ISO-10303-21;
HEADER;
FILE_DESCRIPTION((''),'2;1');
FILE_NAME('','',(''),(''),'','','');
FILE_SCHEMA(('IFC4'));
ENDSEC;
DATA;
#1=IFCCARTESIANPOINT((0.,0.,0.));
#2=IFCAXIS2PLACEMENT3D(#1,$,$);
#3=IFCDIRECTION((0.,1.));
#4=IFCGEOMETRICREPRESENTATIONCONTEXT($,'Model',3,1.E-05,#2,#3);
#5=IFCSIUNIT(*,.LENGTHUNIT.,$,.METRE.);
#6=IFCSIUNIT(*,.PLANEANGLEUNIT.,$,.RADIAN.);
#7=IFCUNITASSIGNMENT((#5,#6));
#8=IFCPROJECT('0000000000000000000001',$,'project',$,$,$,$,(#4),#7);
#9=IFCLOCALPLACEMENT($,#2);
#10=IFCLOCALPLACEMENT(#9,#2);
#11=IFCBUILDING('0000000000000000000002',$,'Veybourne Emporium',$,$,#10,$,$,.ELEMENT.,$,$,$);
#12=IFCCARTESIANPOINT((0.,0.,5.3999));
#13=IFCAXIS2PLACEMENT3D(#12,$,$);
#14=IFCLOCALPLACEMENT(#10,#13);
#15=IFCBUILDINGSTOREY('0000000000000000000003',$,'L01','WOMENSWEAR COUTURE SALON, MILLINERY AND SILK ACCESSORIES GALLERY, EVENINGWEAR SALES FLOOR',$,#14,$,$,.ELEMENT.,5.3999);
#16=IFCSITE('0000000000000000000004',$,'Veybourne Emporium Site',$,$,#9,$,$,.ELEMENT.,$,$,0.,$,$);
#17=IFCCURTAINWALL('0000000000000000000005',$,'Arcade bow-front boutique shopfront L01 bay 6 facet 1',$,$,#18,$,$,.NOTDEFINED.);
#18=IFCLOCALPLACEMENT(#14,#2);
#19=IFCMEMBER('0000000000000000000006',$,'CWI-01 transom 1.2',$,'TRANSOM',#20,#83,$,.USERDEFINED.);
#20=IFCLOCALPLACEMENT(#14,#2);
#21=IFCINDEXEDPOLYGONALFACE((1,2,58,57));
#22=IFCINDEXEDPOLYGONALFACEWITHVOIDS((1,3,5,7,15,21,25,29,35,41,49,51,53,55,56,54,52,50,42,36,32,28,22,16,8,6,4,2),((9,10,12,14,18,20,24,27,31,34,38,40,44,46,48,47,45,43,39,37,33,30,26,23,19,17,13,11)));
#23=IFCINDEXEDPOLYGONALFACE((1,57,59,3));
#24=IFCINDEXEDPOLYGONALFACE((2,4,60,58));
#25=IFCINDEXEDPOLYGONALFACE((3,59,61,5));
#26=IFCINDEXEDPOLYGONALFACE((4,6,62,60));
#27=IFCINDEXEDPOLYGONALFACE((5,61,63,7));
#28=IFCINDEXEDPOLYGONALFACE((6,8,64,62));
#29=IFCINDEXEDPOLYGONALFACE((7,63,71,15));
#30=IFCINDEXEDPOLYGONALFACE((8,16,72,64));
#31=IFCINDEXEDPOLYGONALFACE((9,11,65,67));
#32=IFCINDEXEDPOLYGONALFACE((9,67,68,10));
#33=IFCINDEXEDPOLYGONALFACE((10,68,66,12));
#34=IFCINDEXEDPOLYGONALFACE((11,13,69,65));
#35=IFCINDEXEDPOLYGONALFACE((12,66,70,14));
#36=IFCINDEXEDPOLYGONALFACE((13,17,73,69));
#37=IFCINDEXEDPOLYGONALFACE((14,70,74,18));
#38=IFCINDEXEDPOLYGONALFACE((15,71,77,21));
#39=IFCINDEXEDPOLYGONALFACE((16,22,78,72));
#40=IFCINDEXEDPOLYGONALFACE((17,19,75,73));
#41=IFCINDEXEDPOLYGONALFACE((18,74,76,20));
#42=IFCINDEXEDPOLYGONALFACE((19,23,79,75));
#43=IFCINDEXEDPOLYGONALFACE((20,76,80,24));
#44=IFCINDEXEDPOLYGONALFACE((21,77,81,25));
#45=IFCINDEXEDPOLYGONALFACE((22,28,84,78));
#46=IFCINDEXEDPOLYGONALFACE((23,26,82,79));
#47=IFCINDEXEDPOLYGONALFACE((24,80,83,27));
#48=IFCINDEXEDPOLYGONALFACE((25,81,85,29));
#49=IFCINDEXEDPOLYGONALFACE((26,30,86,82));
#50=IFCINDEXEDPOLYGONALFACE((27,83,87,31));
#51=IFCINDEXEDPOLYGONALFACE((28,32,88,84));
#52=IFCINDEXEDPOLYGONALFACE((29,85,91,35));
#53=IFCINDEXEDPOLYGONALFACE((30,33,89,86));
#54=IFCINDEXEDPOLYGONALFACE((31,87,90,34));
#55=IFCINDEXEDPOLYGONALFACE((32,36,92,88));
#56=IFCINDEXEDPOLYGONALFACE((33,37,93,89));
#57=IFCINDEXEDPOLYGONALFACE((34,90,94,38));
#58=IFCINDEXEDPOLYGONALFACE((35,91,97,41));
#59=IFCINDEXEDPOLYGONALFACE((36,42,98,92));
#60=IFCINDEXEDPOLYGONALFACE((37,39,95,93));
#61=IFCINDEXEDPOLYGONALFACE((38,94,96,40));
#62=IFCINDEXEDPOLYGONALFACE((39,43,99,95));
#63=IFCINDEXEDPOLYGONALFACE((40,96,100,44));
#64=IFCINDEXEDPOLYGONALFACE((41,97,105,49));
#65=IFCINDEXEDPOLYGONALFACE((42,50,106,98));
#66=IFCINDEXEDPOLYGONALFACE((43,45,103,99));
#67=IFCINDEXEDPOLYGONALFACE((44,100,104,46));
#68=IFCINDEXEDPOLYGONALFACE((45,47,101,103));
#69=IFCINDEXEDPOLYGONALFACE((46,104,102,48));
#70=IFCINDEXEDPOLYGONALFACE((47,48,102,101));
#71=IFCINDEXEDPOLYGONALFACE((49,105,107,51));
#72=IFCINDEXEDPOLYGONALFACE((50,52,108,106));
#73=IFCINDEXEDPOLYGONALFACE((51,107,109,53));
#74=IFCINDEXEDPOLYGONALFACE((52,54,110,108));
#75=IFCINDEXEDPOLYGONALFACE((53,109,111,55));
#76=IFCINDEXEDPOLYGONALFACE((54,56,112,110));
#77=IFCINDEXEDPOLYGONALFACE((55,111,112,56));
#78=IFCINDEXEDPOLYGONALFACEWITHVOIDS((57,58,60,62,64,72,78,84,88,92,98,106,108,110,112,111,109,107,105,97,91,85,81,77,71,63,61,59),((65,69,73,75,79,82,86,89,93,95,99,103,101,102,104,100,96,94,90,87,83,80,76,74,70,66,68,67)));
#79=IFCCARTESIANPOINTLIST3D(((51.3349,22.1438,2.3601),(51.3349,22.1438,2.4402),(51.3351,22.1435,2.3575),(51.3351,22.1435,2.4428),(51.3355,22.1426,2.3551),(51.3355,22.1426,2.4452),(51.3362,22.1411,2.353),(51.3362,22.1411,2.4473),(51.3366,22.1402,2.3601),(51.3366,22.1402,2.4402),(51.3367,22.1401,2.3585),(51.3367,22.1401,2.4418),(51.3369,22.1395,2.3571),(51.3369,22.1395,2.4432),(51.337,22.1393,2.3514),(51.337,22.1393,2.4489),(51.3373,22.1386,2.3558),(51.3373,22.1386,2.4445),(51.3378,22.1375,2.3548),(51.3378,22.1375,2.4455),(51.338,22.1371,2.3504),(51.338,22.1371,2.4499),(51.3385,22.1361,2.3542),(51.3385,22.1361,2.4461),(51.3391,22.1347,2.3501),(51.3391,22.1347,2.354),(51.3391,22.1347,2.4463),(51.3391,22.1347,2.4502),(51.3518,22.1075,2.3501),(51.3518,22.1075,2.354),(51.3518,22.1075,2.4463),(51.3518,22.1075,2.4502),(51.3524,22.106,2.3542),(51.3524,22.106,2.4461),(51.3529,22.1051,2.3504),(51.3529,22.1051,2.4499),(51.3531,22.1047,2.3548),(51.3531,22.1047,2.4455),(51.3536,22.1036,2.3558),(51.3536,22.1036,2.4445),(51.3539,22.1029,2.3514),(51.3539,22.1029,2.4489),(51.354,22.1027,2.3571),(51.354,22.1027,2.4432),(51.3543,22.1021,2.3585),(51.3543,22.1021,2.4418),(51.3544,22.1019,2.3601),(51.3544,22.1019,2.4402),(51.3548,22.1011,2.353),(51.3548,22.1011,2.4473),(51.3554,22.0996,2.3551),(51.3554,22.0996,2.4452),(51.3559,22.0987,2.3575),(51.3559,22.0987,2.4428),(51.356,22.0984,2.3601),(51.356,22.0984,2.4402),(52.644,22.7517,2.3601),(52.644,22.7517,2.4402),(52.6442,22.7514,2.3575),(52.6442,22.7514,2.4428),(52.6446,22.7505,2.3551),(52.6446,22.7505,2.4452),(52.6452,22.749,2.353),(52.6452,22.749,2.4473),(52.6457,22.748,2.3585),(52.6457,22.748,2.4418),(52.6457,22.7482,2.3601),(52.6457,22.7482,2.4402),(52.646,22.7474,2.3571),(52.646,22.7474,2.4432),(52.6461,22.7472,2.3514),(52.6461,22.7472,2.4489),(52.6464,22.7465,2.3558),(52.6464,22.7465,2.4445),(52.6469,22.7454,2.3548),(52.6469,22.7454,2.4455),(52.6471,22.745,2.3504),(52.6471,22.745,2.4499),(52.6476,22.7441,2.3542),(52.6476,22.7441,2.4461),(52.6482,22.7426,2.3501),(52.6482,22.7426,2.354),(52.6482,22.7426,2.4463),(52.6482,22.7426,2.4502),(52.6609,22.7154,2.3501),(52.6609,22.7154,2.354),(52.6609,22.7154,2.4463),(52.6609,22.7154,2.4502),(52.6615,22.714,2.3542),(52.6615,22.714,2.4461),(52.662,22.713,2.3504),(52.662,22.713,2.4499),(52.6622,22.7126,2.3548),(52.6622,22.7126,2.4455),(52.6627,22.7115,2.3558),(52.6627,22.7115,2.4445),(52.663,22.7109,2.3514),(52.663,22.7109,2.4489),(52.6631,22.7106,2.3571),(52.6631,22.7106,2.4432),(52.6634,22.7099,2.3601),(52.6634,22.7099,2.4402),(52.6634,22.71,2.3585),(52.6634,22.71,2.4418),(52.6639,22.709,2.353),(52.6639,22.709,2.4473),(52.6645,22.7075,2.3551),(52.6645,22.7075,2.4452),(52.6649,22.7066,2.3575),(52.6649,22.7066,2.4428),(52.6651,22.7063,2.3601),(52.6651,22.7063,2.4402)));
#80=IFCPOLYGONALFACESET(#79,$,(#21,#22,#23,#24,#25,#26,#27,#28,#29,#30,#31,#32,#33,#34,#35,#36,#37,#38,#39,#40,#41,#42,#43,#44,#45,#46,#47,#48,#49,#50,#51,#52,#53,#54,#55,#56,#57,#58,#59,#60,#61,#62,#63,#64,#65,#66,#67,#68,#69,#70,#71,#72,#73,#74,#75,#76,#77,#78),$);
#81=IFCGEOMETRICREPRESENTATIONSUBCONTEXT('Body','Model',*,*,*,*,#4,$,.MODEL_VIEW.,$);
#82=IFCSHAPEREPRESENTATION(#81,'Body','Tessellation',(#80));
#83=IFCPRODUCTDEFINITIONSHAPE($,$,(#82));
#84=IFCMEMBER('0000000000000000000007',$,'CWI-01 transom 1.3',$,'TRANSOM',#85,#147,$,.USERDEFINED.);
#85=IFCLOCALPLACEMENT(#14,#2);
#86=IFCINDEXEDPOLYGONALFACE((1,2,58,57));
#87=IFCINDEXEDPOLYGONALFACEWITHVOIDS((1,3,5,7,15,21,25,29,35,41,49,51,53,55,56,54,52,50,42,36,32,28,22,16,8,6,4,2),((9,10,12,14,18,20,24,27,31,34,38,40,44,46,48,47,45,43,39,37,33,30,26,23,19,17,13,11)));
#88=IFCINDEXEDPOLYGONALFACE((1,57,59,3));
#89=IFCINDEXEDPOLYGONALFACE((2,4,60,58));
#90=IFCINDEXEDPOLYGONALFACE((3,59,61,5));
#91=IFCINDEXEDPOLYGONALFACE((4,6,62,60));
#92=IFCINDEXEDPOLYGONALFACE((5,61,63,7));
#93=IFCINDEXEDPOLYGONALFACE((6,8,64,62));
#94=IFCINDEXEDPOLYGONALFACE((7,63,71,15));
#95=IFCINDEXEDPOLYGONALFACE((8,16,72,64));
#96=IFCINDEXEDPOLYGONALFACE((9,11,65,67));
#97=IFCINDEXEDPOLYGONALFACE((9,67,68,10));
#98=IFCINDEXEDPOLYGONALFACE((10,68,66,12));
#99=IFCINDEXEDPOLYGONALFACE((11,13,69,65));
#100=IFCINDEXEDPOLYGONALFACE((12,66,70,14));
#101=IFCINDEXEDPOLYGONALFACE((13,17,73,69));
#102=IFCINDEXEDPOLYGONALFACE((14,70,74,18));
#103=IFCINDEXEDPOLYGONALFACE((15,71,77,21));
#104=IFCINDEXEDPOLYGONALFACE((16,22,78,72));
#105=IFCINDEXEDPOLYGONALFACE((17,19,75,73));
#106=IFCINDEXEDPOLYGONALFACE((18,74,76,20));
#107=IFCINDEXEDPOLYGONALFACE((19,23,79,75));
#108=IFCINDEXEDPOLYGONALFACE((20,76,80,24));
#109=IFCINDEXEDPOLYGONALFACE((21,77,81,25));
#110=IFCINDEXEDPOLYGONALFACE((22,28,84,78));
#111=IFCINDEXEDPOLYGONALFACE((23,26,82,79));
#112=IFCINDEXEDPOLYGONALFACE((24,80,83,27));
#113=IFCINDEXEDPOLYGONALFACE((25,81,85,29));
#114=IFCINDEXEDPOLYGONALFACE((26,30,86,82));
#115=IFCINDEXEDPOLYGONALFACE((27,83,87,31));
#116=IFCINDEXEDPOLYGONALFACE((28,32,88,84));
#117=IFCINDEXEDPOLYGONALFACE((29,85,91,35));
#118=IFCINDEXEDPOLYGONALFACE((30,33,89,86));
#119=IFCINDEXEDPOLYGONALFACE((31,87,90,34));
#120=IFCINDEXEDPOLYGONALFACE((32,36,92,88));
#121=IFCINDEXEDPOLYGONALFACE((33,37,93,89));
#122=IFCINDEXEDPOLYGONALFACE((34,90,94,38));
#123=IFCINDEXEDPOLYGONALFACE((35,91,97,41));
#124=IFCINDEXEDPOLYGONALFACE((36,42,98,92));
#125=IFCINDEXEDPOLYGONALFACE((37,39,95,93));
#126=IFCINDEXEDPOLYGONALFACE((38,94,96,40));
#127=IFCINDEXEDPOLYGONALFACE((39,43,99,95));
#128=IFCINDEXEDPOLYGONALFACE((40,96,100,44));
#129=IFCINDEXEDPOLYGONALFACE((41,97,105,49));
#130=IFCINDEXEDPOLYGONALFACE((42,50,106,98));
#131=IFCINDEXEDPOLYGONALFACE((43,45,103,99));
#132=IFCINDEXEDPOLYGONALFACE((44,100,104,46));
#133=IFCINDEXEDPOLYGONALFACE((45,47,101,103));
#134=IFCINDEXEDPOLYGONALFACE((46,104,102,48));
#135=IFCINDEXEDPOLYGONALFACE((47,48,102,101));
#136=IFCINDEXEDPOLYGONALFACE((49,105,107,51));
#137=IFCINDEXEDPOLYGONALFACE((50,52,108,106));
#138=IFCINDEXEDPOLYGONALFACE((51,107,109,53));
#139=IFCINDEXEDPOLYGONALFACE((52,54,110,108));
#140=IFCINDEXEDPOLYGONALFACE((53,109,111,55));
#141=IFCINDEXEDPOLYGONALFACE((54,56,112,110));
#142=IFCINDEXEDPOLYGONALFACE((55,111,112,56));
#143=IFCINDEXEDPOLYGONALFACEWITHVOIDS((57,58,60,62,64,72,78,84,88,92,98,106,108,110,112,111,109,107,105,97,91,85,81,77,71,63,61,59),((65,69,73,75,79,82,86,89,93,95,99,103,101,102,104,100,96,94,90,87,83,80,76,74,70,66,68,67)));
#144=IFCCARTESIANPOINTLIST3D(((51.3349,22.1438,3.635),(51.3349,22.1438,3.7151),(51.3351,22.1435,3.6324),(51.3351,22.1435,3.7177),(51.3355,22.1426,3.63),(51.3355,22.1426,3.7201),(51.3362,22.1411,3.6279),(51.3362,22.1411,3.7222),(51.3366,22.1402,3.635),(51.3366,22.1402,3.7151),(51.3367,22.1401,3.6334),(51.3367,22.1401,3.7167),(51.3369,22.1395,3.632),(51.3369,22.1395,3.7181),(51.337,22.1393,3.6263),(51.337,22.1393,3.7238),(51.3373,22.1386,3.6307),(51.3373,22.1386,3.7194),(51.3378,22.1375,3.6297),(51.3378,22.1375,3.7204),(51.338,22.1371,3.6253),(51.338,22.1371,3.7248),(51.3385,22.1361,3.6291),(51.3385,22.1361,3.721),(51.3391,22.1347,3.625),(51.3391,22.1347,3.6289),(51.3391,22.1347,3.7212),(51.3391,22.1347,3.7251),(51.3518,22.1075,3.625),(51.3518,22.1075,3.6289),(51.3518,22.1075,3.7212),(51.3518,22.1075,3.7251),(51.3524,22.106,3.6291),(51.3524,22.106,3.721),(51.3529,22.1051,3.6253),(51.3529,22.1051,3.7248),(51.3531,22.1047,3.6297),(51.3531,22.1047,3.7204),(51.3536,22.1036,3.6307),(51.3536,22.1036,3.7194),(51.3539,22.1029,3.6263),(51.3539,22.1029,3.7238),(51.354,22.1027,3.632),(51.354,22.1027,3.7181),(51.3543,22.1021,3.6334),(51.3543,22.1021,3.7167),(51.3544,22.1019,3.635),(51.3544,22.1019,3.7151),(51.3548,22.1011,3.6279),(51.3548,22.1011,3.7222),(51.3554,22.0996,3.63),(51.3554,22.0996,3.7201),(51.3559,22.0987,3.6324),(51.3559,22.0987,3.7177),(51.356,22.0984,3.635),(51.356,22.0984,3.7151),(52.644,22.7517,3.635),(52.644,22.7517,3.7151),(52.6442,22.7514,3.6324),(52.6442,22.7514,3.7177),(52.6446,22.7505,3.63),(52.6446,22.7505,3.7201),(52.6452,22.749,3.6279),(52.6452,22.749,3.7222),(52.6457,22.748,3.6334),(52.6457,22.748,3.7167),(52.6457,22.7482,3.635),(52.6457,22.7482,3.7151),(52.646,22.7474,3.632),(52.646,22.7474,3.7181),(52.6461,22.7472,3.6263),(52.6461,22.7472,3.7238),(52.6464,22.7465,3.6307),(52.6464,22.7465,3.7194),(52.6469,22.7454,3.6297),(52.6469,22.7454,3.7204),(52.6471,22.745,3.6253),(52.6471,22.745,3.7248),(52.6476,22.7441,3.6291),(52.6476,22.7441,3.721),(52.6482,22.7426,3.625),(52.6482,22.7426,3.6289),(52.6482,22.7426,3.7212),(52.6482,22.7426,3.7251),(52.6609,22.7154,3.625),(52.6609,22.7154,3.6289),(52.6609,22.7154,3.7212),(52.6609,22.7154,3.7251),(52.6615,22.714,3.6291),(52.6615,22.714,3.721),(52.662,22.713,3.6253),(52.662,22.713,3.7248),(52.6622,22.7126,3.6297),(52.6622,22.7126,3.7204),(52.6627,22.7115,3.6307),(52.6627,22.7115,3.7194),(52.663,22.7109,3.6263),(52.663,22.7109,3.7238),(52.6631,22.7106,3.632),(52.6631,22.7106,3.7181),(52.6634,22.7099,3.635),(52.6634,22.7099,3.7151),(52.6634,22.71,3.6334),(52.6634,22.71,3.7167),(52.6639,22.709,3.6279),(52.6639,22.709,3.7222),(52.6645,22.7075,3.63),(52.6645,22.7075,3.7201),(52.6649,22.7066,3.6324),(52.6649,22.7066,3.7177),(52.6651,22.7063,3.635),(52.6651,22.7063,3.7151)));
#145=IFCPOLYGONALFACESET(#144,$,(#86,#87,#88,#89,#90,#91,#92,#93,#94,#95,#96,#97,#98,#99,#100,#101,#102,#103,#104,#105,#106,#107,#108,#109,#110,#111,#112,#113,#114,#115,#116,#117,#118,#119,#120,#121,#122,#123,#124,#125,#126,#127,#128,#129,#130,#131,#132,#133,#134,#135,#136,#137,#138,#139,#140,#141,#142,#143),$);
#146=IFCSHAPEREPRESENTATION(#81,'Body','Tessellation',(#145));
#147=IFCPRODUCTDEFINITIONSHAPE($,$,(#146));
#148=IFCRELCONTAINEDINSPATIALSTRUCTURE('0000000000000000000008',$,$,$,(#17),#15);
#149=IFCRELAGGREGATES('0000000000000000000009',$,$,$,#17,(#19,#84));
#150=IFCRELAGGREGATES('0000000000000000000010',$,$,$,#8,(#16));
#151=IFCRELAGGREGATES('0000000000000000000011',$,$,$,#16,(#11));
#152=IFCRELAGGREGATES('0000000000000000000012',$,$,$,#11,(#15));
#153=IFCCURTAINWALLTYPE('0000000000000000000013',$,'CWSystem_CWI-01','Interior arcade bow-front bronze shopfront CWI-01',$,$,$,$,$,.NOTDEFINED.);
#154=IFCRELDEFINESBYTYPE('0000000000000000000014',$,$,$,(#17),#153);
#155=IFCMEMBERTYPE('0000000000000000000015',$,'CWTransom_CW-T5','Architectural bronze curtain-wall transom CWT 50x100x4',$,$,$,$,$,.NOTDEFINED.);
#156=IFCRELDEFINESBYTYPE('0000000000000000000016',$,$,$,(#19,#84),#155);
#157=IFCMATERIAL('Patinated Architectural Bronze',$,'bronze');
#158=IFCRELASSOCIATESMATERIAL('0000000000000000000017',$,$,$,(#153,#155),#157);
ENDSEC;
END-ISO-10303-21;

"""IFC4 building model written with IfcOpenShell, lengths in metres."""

from ifc_helpers import new_model, si_unit, direction, frame, origin, origin_2d, place, context, subcontext, project, spatial, hollow_rectangle, extrude, material, material_profile, profile_set, type_object, element, aggregate, save


model = new_model("IFC4")

# Units and contexts
model_context = context("Model", 3, precision=1e-05, world=origin(), true_north=direction((0.0, 1.0)))
body_context = subcontext(model_context, "Body", "Model", "MODEL_VIEW")
ifc_project = project(units=[si_unit("LENGTHUNIT", "METRE"), si_unit("PLANEANGLEUNIT", "RADIAN")], contexts=[model_context])

# Site, building, storey
site_placement = place(None, origin())
site = spatial("IfcSite", under=ifc_project, at=site_placement, Name="Veybourne Emporium Site", CompositionType="ELEMENT", RefElevation=0.0)
building_placement = place(site_placement, origin())
building = spatial("IfcBuilding", under=site, at=building_placement, Name="Veybourne Emporium", CompositionType="ELEMENT")
storey_placement = place(building_placement, frame((0.0, 0.0, 5.3999)))
storey = spatial("IfcBuildingStorey", under=building, at=storey_placement, Name="L01", Description="WOMENSWEAR COUTURE SALON, MILLINERY AND SILK ACCESSORIES GALLERY, EVENINGWEAR SALES FLOOR", CompositionType="ELEMENT", Elevation=5.3999)

# Curtain wall
ifc_material_1 = material(Name="Patinated Architectural Bronze", Category="bronze")
curtain_wall_type_1 = type_object("IfcCurtainWallType", Name="CWSystem_CWI-01", Description="Interior arcade bow-front bronze shopfront CWI-01", PredefinedType="NOTDEFINED", material=ifc_material_1)
curtain_wall_1_placement = place(storey_placement, origin())
curtain_wall_1 = element("IfcCurtainWall", 1, at=curtain_wall_1_placement, inside=storey, type_object=curtain_wall_type_1, Name="Arcade bow-front boutique shopfront L01 bay 6 facet 1", PredefinedType="NOTDEFINED")

# Members
ifc_material_profile_1 = material_profile(ifc_material_1, hollow_rectangle(XDim=0.05, YDim=0.1001, WallThickness=0.0039, InnerFilletRadius=0.0061, OuterFilletRadius=0.01, at=origin_2d()), Name="CWT 50x100x4")
ifc_profile_set_1 = profile_set([ifc_material_profile_1], Name="Patinated Architectural Bronze")
member_type_1 = type_object("IfcMemberType", Name="CWTransom_CW-T5", Description="Architectural bronze curtain-wall transom CWT 50x100x4", PredefinedType="NOTDEFINED", material=ifc_profile_set_1)
member_1_placement = place(storey_placement, frame((51.3455, 22.1211, 2.4001), z_axis=(0.906977, 0.421181, 0.0), x_axis=(-0.421181, 0.906977, 0.0)))
member_1 = element("IfcMember", 2, at=member_1_placement, type_object=member_type_1, Name="CWI-01 transom 1.2", ObjectType="TRANSOM", PredefinedType="USERDEFINED", context=body_context, shape_type="SweptSolid", body=[
    extrude(hollow_rectangle(XDim=0.05, YDim=0.1001, WallThickness=0.0039, InnerFilletRadius=0.0061, OuterFilletRadius=0.01, at=origin_2d()), origin(), (0.0, 0.0, 1.0), 1.4434),
])
member_2_placement = place(storey_placement, frame((51.3455, 22.1211, 3.675), z_axis=(0.906977, 0.421181, 0.0), x_axis=(-0.421181, 0.906977, 0.0)))
member_2 = element("IfcMember", 3, at=member_2_placement, type_object=member_type_1, Name="CWI-01 transom 1.3", ObjectType="TRANSOM", PredefinedType="USERDEFINED", context=body_context, shape_type="SweptSolid", body=[
    extrude(hollow_rectangle(XDim=0.05, YDim=0.1001, WallThickness=0.0039, InnerFilletRadius=0.0061, OuterFilletRadius=0.01, at=origin_2d()), origin(), (0.0, 0.0, 1.0), 1.4434),
])

aggregate(curtain_wall_1, [member_1, member_2])

save(model, "model.ifc")
